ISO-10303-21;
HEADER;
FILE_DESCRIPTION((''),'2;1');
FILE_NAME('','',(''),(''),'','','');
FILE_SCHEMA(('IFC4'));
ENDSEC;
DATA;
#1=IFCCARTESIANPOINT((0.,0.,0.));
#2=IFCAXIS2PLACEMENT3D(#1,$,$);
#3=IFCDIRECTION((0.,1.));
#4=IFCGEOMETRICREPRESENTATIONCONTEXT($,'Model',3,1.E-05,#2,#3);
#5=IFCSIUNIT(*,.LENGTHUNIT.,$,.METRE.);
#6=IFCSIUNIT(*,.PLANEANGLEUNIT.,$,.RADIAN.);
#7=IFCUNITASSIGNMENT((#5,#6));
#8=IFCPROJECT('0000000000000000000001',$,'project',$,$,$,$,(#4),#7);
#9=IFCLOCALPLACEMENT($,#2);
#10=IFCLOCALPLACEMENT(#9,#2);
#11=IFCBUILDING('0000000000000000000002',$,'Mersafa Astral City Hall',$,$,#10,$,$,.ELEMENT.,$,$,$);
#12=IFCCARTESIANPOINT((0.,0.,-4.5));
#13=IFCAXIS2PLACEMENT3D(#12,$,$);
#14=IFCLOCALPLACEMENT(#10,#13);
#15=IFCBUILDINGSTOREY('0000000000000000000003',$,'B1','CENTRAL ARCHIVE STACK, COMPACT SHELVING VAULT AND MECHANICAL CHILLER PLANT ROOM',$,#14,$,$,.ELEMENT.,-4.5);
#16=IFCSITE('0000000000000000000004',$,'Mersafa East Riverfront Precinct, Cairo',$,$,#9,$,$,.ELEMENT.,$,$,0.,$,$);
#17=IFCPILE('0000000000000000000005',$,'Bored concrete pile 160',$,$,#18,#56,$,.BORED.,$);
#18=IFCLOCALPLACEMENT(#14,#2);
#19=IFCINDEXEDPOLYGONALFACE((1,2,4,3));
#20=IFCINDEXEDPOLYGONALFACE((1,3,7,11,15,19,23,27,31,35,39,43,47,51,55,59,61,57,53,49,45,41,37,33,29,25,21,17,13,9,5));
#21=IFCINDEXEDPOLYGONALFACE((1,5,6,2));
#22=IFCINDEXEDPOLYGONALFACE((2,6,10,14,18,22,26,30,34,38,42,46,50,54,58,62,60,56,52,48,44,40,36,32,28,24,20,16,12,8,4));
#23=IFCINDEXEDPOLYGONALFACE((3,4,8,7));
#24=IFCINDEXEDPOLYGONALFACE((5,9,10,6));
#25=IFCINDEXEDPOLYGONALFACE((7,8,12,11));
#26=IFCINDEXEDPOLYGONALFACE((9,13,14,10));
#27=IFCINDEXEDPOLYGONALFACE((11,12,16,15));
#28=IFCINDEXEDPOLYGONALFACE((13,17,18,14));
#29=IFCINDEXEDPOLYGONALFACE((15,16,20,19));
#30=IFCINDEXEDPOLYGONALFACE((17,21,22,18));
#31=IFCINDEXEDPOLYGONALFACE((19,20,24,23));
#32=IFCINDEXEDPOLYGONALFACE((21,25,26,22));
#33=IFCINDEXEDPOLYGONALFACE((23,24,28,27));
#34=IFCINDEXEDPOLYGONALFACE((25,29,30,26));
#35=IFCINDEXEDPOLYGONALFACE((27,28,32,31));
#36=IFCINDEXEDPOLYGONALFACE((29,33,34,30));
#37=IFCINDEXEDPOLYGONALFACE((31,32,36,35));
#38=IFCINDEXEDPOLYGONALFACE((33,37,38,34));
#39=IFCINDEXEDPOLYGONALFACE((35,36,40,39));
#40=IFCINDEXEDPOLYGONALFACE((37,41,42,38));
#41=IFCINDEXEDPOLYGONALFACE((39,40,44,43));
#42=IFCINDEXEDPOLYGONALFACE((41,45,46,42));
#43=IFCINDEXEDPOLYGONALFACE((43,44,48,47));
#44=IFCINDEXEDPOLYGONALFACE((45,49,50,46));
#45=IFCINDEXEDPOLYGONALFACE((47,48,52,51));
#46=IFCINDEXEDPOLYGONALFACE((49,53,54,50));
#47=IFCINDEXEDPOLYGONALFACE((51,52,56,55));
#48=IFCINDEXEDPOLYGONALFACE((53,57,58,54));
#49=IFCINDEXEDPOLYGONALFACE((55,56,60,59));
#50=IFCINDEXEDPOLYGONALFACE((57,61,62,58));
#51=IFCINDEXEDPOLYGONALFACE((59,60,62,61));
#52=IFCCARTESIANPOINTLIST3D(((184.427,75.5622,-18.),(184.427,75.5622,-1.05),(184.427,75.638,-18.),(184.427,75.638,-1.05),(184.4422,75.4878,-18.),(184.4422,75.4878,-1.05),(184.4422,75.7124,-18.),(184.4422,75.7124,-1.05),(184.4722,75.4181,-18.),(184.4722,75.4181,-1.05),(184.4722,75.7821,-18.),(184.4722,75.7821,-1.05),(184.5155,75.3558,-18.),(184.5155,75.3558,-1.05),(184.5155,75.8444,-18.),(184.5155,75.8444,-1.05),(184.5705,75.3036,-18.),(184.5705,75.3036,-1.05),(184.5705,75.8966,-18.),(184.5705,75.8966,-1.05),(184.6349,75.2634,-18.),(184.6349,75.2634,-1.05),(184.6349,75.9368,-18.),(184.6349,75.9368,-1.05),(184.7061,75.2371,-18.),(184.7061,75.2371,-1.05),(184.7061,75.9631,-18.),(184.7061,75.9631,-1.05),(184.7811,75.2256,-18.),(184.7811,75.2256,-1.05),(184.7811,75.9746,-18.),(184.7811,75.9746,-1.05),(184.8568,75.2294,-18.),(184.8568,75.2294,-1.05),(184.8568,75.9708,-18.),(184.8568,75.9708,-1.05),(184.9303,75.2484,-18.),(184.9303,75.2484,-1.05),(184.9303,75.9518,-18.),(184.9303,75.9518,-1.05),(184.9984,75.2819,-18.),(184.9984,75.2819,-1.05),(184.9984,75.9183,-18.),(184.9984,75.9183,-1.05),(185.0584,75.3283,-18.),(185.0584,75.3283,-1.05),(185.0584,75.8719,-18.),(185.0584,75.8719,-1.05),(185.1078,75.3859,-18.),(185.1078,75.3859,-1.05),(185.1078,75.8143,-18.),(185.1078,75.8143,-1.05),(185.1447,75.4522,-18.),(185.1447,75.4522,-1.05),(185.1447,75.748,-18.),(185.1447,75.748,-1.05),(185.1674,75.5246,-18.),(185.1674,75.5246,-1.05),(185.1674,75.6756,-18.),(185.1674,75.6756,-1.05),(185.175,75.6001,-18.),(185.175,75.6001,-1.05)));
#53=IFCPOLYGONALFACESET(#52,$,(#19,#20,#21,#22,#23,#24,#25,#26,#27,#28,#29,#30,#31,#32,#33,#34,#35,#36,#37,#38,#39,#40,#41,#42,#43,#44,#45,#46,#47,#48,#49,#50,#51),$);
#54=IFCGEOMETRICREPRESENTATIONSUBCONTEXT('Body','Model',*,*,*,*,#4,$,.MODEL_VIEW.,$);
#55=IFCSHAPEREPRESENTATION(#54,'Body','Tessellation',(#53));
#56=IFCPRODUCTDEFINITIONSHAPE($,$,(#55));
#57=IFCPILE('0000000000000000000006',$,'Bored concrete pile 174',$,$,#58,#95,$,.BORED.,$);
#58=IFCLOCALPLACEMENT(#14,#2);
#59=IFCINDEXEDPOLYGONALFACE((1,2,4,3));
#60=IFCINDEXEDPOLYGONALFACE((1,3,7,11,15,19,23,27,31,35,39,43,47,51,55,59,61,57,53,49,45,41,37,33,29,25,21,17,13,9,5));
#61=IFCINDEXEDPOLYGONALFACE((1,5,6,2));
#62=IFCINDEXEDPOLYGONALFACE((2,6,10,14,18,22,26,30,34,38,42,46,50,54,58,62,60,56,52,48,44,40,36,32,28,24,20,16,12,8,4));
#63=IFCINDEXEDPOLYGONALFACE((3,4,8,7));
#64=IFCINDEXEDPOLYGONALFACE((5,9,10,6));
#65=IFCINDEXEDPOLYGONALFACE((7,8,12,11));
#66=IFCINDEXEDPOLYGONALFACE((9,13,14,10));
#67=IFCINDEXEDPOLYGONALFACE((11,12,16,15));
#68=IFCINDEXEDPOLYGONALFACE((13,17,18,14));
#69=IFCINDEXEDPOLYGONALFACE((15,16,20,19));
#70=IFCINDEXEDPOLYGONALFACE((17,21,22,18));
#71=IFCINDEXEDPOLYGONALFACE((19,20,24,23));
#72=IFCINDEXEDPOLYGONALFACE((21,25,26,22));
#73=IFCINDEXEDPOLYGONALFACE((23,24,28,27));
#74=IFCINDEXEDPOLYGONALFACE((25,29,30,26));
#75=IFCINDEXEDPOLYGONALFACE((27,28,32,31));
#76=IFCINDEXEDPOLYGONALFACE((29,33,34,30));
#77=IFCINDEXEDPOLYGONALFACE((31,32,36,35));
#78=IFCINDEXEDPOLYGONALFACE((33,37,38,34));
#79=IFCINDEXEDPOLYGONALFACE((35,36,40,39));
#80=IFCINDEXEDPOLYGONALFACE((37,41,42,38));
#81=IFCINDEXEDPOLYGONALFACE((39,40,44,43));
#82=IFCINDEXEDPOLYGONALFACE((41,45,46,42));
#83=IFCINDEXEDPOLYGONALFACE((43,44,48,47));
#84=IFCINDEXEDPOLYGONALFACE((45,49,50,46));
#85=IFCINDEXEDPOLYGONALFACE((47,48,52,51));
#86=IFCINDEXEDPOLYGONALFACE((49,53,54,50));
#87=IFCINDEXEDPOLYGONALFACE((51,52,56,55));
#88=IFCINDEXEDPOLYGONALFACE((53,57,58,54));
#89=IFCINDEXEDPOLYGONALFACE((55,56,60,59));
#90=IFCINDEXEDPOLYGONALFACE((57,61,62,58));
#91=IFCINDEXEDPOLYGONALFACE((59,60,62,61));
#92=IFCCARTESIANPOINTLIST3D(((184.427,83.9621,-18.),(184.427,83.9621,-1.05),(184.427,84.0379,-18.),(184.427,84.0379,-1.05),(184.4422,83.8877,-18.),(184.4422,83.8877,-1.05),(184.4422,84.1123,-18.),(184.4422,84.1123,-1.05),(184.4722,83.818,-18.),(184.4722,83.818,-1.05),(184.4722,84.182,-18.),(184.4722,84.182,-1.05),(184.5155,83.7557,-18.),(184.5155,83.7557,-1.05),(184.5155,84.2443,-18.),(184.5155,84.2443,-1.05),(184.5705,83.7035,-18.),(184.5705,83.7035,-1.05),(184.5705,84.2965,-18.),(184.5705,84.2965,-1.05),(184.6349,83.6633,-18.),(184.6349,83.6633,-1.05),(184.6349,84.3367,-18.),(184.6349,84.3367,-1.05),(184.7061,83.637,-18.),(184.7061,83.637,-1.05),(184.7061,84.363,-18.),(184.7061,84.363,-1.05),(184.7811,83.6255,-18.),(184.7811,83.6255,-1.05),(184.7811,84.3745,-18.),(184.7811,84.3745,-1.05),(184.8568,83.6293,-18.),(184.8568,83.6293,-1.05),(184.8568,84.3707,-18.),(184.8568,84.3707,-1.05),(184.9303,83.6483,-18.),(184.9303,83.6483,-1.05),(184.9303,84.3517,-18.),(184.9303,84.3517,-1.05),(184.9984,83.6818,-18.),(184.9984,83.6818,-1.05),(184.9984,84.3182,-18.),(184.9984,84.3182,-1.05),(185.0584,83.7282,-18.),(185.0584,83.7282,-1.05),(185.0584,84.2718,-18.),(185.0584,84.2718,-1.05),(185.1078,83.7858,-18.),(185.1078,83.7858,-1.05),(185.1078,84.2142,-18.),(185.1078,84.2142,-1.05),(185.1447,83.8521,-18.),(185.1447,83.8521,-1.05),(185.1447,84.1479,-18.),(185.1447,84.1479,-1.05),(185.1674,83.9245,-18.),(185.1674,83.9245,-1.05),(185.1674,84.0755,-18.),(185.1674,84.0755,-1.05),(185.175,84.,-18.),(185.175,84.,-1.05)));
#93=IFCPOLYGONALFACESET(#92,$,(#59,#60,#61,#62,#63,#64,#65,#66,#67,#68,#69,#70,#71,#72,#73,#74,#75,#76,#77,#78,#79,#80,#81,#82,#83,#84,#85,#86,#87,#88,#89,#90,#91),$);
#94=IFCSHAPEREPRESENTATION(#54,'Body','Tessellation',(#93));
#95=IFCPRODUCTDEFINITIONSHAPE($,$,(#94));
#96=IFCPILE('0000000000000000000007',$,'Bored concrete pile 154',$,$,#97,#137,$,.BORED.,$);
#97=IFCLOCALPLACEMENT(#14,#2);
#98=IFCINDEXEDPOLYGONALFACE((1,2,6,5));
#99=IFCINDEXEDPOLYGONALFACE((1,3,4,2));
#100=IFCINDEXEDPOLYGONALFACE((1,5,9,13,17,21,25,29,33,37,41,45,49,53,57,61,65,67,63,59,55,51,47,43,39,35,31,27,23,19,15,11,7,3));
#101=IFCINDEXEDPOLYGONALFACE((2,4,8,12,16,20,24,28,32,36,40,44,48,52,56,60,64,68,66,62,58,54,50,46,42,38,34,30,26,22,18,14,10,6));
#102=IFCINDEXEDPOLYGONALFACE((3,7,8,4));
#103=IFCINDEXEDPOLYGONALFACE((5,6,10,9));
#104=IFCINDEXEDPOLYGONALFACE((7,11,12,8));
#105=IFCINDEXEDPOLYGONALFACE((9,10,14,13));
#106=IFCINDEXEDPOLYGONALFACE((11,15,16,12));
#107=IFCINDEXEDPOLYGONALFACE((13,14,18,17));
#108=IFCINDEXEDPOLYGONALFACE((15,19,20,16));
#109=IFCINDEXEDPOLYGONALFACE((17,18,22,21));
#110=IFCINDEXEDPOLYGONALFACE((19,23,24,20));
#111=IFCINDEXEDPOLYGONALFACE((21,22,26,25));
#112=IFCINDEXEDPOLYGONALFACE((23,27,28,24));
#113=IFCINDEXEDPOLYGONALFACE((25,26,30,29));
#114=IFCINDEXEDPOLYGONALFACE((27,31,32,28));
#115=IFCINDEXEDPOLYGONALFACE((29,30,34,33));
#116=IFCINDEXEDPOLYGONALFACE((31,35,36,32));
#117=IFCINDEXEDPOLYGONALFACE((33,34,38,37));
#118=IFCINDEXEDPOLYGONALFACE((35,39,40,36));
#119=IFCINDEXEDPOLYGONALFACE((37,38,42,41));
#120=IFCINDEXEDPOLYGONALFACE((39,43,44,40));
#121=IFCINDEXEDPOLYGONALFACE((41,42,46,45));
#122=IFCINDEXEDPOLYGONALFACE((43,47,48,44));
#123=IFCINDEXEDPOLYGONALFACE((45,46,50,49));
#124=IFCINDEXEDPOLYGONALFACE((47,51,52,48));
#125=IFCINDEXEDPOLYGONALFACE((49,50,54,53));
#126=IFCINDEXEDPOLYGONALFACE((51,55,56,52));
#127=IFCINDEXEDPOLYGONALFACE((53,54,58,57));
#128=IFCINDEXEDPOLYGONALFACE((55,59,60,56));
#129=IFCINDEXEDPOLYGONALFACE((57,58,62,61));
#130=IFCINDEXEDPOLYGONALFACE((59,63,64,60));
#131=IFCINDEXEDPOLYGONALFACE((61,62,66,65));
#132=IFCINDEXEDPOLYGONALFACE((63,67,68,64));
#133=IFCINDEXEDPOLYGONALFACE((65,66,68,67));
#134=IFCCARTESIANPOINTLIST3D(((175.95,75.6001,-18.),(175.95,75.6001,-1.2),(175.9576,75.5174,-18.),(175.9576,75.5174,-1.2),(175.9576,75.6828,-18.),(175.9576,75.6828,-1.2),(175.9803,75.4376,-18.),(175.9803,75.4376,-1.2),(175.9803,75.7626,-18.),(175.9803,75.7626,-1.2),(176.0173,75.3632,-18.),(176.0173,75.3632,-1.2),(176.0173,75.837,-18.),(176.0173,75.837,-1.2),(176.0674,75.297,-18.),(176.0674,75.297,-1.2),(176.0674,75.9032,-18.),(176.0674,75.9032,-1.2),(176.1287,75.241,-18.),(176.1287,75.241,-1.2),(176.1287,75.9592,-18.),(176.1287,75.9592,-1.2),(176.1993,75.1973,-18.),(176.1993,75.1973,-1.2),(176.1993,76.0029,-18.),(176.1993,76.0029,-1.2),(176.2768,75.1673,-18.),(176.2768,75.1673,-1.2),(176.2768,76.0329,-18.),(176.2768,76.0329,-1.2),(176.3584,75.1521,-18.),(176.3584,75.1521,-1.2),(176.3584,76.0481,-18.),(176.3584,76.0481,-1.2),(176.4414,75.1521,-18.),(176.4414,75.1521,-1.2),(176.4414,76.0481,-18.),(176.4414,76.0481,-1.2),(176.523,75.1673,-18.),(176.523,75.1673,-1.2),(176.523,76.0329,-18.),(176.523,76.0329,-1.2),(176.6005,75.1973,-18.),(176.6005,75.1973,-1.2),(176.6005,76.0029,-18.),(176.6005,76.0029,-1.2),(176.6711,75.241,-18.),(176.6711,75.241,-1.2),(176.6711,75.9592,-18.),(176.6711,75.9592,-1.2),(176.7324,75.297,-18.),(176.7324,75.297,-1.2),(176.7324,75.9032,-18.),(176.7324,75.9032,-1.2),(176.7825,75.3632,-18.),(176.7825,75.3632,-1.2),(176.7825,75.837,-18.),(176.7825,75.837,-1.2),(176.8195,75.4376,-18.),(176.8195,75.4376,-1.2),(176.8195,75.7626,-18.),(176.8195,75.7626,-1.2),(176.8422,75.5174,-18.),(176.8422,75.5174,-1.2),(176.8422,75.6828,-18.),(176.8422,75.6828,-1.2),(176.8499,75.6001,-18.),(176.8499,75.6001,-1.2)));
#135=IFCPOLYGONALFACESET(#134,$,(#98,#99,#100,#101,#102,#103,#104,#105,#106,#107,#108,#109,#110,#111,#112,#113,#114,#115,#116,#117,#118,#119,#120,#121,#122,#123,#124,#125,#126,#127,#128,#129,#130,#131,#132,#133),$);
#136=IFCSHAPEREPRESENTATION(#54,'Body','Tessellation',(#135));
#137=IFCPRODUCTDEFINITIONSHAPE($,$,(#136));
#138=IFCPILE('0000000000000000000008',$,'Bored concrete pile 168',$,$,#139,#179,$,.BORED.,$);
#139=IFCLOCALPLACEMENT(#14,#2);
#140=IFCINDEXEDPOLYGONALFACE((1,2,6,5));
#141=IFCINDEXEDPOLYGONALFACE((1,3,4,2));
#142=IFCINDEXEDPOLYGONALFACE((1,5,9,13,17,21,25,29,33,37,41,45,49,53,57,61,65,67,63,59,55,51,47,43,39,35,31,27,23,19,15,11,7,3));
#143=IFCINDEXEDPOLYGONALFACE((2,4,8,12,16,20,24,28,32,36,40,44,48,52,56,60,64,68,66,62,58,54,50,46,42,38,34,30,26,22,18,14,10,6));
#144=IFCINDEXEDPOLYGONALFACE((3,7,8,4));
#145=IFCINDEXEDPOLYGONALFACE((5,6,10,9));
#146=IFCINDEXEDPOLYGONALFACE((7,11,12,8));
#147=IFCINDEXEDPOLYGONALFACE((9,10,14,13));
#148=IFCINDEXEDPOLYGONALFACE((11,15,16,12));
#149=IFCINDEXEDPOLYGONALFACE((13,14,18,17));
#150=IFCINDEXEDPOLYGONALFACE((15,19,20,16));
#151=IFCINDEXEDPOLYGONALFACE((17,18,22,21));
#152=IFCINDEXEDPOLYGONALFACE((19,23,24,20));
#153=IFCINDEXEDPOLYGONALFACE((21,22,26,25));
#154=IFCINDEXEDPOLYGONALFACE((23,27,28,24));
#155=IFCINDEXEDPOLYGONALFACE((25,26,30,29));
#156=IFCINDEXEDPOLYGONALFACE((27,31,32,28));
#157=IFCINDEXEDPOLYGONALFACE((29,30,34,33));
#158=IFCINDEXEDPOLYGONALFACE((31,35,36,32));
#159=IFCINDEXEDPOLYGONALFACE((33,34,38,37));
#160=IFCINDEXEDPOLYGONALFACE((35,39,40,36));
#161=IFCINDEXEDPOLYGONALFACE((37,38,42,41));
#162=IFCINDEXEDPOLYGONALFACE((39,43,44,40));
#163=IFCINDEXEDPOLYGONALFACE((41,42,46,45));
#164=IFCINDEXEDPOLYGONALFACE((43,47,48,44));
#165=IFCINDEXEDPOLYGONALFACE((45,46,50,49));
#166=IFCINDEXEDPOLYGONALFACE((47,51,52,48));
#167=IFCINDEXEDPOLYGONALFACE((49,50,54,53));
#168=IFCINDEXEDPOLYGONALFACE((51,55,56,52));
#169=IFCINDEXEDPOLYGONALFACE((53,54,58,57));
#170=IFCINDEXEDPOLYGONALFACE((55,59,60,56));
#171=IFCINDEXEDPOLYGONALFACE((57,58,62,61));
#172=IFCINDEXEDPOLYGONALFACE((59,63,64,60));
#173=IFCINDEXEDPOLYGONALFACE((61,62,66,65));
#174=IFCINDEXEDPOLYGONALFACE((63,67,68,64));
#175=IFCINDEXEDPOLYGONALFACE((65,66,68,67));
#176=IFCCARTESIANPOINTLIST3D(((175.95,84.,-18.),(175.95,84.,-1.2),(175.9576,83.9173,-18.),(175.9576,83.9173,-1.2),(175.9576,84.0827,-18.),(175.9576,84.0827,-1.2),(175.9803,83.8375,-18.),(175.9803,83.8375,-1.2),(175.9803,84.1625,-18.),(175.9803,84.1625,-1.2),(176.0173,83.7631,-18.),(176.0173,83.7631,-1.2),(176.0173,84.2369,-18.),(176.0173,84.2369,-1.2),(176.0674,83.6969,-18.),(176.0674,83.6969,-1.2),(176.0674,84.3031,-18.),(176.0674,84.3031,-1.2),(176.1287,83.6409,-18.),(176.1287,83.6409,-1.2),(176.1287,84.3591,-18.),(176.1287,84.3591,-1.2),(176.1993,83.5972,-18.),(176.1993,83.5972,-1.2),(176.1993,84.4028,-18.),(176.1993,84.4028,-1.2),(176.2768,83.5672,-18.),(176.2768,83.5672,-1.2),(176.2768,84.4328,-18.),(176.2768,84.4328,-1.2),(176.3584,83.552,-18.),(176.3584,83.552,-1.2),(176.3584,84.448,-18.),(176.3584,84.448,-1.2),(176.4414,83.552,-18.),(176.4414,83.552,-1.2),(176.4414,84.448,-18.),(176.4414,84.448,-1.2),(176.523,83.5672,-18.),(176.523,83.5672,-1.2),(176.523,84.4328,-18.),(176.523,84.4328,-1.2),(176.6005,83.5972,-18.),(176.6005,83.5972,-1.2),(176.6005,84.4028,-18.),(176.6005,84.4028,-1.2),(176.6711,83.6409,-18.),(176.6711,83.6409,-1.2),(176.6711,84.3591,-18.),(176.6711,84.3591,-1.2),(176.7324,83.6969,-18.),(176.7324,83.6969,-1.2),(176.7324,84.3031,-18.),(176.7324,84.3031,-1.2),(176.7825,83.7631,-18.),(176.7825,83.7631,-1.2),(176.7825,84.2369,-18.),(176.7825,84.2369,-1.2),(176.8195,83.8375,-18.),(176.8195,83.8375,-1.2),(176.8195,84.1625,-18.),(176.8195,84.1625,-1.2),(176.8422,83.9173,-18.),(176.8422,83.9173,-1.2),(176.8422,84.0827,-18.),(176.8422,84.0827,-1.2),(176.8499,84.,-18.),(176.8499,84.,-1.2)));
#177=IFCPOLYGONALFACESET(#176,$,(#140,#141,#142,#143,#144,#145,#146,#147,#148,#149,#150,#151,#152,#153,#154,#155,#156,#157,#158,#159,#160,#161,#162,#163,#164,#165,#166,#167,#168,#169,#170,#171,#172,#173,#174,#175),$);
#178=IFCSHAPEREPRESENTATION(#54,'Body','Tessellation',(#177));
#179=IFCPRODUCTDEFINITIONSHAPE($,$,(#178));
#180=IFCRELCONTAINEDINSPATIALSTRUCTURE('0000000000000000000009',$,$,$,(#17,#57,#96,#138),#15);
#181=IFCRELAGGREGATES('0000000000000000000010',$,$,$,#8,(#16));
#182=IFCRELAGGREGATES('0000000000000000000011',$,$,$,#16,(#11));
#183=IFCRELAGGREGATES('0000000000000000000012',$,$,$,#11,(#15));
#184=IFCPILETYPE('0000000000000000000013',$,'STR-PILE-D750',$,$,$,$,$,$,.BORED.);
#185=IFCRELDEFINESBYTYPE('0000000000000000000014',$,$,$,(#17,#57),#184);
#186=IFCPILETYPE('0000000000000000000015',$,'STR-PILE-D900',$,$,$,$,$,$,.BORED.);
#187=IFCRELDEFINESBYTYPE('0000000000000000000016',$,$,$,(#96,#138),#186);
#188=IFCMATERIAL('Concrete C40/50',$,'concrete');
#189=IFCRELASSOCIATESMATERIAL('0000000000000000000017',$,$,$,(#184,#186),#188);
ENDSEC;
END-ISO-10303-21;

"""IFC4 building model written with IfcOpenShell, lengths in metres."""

from ifc_helpers import new_model, si_unit, direction, frame, origin, origin_2d, place, context, subcontext, project, spatial, circle, extrude, material, material_profile, profile_set, type_object, element, save


model = new_model("IFC4")

# Units and contexts
model_context = context("Model", 3, precision=1e-05, world=origin(), true_north=direction((0.0, 1.0)))
body_context = subcontext(model_context, "Body", "Model", "MODEL_VIEW")
ifc_project = project(units=[si_unit("LENGTHUNIT", "METRE"), si_unit("PLANEANGLEUNIT", "RADIAN")], contexts=[model_context])

# Site, building, storey
site_placement = place(None, origin())
site = spatial("IfcSite", under=ifc_project, at=site_placement, Name="Mersafa East Riverfront Precinct, Cairo", CompositionType="ELEMENT", RefElevation=0.0)
building_placement = place(site_placement, origin())
building = spatial("IfcBuilding", under=site, at=building_placement, Name="Mersafa Astral City Hall", CompositionType="ELEMENT")
storey_placement = place(building_placement, frame((0.0, 0.0, -4.5)))
storey = spatial("IfcBuildingStorey", under=building, at=storey_placement, Name="B1", Description="CENTRAL ARCHIVE STACK, COMPACT SHELVING VAULT AND MECHANICAL CHILLER PLANT ROOM", CompositionType="ELEMENT", Elevation=-4.5)

# Shared definitions
ifc_material_1 = material(Name="Concrete C40/50", Category="concrete")

# Piles
ifc_material_profile_1 = material_profile(ifc_material_1, circle(Radius=0.375, at=origin_2d()), Name="PILE D750")
ifc_profile_set_1 = profile_set([ifc_material_profile_1], Name="Concrete C40/50")
pile_type_1 = type_object("IfcPileType", Name="STR-PILE-D750", PredefinedType="BORED", material=ifc_profile_set_1)
for number, where, z_axis, x_axis, name in (
    (1, (184.8, 75.6001, -1.05), (0.0, 0.0, -1.0), (1.0, 0.0, 0.0), "Bored concrete pile 160"),
    (2, (184.8, 84.0, -1.05), (0.0, 0.0, -1.0), (1.0, 0.0, 0.0), "Bored concrete pile 174"),
):
    element("IfcPile", number, at=place(storey_placement, frame(where, z_axis=z_axis, x_axis=x_axis)), inside=storey, type_object=pile_type_1, Name=name, PredefinedType="BORED", context=body_context, shape_type="SweptSolid", body=[
        extrude(circle(Radius=0.375, at=origin_2d()), origin(), (0.0, 0.0, 1.0), 16.95),
    ])
ifc_material_profile_2 = material_profile(ifc_material_1, circle(Radius=0.45, at=origin_2d()), Name="PILE D900")
ifc_profile_set_2 = profile_set([ifc_material_profile_2], Name="Concrete C40/50")
pile_type_2 = type_object("IfcPileType", Name="STR-PILE-D900", PredefinedType="BORED", material=ifc_profile_set_2)
for number, where, z_axis, x_axis, name in (
    (3, (176.3999, 75.6001, -1.2), (0.0, 0.0, -1.0), (1.0, 0.0, 0.0), "Bored concrete pile 154"),
    (4, (176.3999, 84.0, -1.2), (0.0, 0.0, -1.0), (1.0, 0.0, 0.0), "Bored concrete pile 168"),
):
    element("IfcPile", number, at=place(storey_placement, frame(where, z_axis=z_axis, x_axis=x_axis)), inside=storey, type_object=pile_type_2, Name=name, PredefinedType="BORED", context=body_context, shape_type="SweptSolid", body=[
        extrude(circle(Radius=0.45, at=origin_2d()), origin(), (0.0, 0.0, 1.0), 16.8),
    ])

save(model, "model.ifc")
